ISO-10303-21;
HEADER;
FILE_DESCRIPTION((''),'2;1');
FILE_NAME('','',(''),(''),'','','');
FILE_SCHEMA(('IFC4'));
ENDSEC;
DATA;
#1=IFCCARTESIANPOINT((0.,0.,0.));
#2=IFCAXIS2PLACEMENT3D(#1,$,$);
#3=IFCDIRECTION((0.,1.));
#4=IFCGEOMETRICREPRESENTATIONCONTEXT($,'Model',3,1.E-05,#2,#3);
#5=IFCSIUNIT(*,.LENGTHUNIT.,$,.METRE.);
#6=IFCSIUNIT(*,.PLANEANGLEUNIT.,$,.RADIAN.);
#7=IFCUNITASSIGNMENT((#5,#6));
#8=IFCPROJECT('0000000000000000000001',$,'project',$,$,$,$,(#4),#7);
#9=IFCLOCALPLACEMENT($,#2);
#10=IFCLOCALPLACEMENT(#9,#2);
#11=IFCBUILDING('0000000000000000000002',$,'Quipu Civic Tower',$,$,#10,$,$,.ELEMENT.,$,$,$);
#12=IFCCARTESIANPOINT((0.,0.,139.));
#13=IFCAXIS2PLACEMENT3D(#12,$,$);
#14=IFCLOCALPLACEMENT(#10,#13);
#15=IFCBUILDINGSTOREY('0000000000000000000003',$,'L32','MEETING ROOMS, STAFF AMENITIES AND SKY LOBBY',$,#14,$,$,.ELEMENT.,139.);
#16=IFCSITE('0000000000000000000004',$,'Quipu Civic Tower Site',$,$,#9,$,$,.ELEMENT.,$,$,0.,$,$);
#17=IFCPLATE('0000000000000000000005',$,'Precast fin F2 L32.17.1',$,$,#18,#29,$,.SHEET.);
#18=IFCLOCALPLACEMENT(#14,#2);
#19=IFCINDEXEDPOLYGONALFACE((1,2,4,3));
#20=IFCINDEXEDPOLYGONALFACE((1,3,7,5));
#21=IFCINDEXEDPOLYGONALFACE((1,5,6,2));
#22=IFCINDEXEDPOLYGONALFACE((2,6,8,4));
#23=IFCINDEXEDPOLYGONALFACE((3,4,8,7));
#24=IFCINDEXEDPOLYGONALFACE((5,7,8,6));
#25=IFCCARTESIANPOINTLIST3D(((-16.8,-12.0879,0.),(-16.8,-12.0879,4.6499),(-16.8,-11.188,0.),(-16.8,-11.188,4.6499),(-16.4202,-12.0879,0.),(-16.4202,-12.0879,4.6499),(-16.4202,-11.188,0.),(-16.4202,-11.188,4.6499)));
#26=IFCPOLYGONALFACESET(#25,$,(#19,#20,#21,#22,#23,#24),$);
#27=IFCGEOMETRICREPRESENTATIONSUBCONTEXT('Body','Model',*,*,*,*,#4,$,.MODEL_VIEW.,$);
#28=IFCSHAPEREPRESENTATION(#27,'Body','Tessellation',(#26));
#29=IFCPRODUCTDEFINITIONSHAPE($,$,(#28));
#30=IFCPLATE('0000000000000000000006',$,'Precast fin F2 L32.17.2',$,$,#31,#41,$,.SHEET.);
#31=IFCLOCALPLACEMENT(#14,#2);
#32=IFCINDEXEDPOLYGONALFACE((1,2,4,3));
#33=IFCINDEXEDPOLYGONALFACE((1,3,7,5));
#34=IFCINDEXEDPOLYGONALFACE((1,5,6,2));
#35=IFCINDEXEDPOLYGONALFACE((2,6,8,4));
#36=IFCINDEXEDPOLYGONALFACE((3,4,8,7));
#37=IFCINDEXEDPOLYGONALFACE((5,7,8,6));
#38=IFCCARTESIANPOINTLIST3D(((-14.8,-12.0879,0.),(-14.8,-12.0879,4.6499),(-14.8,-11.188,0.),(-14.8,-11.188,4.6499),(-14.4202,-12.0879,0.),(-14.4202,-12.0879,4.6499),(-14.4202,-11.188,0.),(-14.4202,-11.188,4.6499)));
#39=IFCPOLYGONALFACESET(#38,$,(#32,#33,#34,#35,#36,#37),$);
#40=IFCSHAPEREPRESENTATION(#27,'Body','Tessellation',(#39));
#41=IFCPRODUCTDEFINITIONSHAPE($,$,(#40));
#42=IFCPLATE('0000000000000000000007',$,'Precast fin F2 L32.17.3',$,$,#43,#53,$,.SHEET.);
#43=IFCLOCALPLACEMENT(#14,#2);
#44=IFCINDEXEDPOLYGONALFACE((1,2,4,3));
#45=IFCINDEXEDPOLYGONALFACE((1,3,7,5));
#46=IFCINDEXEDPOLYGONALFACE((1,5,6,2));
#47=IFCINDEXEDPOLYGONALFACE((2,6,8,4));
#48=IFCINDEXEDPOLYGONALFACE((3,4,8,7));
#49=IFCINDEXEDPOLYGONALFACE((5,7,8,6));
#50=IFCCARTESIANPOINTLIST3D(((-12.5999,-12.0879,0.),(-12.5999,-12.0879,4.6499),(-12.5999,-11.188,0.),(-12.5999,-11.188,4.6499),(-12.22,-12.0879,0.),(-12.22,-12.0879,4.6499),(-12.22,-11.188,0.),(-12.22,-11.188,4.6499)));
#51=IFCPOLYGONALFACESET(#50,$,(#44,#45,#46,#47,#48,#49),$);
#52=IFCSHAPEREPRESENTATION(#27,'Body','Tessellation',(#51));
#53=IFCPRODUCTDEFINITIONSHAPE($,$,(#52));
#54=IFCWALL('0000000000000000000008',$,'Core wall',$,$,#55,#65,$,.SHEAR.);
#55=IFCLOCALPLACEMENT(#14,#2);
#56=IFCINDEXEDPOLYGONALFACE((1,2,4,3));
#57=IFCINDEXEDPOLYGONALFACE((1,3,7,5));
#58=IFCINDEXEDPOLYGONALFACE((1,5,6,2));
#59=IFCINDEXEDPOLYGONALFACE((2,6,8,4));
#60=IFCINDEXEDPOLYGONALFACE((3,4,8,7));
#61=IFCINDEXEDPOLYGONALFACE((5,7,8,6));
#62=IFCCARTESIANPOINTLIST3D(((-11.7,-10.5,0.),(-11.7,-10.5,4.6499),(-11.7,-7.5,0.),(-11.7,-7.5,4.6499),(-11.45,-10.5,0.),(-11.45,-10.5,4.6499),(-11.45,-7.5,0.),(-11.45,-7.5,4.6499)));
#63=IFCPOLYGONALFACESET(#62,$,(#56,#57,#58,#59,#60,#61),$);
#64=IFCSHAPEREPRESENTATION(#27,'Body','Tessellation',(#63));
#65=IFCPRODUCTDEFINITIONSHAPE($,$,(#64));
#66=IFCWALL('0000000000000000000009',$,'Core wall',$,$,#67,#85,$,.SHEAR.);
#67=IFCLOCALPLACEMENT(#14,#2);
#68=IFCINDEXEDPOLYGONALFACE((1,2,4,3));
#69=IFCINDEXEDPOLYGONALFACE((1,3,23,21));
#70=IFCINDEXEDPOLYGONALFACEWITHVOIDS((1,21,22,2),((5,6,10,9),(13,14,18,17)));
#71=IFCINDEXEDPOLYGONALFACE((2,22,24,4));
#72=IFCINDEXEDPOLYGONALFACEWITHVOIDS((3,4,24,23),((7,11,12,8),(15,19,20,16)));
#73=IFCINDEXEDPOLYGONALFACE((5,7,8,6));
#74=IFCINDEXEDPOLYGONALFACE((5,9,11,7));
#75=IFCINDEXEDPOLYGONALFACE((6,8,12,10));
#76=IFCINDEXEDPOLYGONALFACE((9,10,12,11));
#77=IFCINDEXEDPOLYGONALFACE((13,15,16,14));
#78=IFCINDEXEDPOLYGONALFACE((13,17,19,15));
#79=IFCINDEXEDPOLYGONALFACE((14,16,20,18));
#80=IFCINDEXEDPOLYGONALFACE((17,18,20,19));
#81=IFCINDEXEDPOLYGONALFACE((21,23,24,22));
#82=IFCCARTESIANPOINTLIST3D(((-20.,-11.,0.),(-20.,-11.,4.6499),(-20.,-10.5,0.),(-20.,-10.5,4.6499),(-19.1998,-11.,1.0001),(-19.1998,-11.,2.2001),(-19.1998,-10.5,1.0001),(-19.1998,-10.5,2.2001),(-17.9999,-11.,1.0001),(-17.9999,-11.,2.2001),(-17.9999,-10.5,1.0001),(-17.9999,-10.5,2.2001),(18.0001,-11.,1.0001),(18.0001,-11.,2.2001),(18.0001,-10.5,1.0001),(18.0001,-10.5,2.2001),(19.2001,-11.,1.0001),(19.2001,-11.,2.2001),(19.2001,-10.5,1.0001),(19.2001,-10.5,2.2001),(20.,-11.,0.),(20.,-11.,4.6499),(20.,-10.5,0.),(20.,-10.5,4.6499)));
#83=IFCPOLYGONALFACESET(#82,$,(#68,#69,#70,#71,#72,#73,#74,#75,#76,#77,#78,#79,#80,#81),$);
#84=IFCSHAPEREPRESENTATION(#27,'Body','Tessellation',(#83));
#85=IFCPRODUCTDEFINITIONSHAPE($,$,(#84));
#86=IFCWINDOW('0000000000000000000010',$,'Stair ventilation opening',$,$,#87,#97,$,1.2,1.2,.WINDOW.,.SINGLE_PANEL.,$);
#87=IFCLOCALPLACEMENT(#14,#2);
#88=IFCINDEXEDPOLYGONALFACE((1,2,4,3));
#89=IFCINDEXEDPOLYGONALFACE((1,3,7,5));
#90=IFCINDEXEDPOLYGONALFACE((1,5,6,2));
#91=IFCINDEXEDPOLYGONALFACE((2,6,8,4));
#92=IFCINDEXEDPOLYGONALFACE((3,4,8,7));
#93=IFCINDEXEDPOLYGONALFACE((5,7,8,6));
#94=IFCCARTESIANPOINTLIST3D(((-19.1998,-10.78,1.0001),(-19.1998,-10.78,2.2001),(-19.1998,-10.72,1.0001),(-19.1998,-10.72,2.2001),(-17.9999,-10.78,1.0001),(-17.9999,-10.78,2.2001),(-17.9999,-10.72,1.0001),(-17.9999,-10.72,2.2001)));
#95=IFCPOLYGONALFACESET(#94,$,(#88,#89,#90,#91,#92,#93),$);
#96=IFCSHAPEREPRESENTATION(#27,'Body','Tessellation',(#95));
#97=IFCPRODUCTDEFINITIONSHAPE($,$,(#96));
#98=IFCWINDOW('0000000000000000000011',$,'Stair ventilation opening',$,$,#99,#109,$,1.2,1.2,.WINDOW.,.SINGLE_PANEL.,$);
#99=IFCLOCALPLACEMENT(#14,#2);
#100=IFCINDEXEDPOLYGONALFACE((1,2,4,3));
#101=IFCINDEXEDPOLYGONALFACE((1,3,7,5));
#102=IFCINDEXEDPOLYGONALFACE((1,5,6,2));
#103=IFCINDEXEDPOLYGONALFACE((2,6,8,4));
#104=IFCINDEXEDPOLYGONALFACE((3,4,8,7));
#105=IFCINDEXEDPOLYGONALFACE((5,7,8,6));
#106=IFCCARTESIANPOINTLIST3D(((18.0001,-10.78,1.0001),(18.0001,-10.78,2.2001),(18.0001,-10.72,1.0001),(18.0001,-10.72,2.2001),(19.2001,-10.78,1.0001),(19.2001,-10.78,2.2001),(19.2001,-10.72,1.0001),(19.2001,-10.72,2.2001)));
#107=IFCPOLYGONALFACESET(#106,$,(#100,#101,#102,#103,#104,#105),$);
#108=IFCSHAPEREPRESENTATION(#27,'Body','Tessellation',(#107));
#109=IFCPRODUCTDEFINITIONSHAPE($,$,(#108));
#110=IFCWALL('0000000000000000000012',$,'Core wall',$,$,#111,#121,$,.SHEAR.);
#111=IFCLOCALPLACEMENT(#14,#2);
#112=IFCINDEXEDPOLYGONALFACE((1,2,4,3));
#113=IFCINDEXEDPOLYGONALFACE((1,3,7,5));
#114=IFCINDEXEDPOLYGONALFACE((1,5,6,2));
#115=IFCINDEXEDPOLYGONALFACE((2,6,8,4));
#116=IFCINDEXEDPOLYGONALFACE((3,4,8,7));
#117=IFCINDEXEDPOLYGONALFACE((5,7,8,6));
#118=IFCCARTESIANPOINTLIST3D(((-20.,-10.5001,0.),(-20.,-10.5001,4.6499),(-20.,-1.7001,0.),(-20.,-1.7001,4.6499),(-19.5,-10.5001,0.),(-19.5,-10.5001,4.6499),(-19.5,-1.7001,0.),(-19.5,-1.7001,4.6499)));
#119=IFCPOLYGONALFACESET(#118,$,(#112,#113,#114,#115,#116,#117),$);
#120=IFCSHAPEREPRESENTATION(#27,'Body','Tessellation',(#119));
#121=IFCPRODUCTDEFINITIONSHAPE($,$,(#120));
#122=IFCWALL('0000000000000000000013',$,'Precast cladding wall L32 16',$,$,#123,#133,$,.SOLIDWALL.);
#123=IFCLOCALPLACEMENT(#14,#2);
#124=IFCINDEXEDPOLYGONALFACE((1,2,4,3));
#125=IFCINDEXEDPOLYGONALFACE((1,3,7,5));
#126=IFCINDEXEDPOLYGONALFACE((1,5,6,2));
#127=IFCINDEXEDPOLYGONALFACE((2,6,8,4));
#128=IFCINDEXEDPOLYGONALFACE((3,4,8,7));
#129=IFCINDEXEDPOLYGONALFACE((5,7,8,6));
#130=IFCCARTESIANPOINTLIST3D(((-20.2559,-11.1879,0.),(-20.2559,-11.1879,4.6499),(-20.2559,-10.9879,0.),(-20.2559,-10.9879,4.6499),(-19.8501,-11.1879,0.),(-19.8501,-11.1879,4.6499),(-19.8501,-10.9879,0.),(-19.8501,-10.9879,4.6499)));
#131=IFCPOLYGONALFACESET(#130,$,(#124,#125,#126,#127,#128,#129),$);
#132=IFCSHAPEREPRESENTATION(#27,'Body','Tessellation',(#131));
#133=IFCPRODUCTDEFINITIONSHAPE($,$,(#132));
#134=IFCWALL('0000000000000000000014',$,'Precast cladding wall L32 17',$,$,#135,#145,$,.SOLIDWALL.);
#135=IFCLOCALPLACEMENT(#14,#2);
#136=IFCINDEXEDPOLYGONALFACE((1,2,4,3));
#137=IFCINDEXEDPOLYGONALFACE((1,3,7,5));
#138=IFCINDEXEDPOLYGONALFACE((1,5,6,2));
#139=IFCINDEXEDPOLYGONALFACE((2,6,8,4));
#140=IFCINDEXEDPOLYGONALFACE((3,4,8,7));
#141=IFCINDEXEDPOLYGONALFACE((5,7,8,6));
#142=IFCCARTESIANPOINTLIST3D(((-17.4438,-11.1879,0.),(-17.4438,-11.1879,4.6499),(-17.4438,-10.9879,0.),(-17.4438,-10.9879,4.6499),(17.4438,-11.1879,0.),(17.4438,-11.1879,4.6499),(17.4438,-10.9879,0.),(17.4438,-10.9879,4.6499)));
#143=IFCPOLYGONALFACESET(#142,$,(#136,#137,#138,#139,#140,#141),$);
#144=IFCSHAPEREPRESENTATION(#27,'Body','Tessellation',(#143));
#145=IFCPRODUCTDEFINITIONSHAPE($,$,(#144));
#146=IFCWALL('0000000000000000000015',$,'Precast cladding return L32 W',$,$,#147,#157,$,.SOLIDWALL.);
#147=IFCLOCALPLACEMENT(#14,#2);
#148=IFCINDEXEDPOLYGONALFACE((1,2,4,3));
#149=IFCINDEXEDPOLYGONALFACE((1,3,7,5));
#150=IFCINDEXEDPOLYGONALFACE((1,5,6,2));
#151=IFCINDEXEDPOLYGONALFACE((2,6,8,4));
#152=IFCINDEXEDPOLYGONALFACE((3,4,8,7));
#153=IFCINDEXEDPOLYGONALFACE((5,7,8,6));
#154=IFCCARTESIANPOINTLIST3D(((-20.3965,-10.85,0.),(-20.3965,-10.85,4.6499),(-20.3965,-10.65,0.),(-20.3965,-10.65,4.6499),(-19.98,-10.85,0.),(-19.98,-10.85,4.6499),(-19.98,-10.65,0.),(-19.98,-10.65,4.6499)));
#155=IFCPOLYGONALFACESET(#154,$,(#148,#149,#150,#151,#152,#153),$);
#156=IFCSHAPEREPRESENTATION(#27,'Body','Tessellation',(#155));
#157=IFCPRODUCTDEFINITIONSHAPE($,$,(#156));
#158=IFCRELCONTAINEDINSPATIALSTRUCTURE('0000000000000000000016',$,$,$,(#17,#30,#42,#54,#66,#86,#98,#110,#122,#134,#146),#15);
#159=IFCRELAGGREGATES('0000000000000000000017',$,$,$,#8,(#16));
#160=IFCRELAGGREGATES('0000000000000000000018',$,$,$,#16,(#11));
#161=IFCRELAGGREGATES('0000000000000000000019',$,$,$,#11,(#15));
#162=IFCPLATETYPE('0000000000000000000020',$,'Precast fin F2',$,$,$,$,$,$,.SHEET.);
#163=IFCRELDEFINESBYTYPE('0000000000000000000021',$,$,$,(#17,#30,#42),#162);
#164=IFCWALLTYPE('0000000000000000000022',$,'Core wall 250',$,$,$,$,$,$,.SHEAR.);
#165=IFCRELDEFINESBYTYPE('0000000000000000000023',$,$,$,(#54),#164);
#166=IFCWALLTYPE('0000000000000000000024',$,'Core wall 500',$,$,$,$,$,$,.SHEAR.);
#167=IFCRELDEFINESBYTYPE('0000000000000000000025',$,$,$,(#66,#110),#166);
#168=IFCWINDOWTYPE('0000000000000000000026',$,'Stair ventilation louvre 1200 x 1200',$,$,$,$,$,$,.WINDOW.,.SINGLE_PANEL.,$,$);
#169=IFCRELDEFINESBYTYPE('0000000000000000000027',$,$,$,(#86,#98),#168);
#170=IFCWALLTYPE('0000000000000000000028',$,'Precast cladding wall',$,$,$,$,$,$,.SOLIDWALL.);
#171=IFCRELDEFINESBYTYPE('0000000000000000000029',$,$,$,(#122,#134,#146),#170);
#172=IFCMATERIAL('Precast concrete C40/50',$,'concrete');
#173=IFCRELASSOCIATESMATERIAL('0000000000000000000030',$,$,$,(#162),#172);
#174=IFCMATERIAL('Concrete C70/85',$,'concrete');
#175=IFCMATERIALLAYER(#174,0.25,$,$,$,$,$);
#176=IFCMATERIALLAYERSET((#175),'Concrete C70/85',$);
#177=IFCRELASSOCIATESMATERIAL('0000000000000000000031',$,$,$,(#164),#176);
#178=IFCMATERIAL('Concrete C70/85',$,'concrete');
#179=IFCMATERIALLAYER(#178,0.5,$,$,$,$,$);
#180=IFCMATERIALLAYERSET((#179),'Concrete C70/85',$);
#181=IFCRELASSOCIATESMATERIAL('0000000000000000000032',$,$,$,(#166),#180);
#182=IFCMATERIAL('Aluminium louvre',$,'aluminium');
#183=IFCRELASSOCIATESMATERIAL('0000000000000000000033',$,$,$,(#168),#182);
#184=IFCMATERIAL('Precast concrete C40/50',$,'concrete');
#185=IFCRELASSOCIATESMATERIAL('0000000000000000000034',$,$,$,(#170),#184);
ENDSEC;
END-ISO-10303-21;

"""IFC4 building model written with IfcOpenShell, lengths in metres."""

from ifc_helpers import new_model, si_unit, direction, frame, frame_2d, origin, origin_2d, place, context, subcontext, project, spatial, rectangle, extrude, material, layer, layer_set, type_object, element, fill, save


model = new_model("IFC4")

# Units and contexts
model_context = context("Model", 3, precision=1e-05, world=origin(), true_north=direction((0.0, 1.0)))
body_context = subcontext(model_context, "Body", "Model", "MODEL_VIEW")
ifc_project = project(units=[si_unit("LENGTHUNIT", "METRE"), si_unit("PLANEANGLEUNIT", "RADIAN")], contexts=[model_context])

# Site, building, storey
site_placement = place(None, origin())
site = spatial("IfcSite", under=ifc_project, at=site_placement, Name="Quipu Civic Tower Site", CompositionType="ELEMENT", RefElevation=0.0)
building_placement = place(site_placement, origin())
building = spatial("IfcBuilding", under=site, at=building_placement, Name="Quipu Civic Tower", CompositionType="ELEMENT")
storey_placement = place(building_placement, frame((0.0, 0.0, 139.0)))
storey = spatial("IfcBuildingStorey", under=building, at=storey_placement, Name="L32", Description="MEETING ROOMS, STAFF AMENITIES AND SKY LOBBY", CompositionType="ELEMENT", Elevation=139.0)

# Plates
ifc_material_1 = material(Name="Precast concrete C40/50", Category="concrete")
plate_type = type_object("IfcPlateType", Name="Precast fin F2", PredefinedType="SHEET", material=ifc_material_1)
for number, where, z_axis, x_axis, name in (
    (1, (-16.6101, -11.6379, 0.0), (0.0, 0.0, 1.0), (1.0, 0.0, 0.0), "Precast fin F2 L32.17.1"),
    (2, (-14.6101, -11.6379, 0.0), (0.0, 0.0, 1.0), (1.0, 0.0, 0.0), "Precast fin F2 L32.17.2"),
    (3, (-12.4099, -11.6379, 0.0), (0.0, 0.0, 1.0), (1.0, 0.0, 0.0), "Precast fin F2 L32.17.3"),
):
    element("IfcPlate", number, at=place(storey_placement, frame(where, z_axis=z_axis, x_axis=x_axis)), inside=storey, type_object=plate_type, Name=name, PredefinedType="SHEET", context=body_context, shape_type="SweptSolid", body=[
        extrude(rectangle(XDim=0.3799, YDim=0.8999, at=origin_2d()), origin(), (0.0, 0.0, 1.0), 4.6499),
    ])

# Wall
ifc_material_2 = material(Name="Concrete C70/85", Category="concrete")
ifc_layer_1 = layer(ifc_material_2, 0.25)
ifc_layer_set_1 = layer_set([ifc_layer_1], Name="Concrete C70/85")
wall_type_1 = type_object("IfcWallType", Name="Core wall 250", PredefinedType="SHEAR", material=ifc_layer_set_1)
wall_1_placement = place(storey_placement, frame((-11.575, -10.5, 0.0), z_axis=(0.0, 0.0, 1.0), x_axis=(0.0, 1.0, 0.0)))
element("IfcWall", 4, at=wall_1_placement, inside=storey, type_object=wall_type_1, Name="Core wall", PredefinedType="SHEAR", context=body_context, shape_type="SweptSolid", body=[
    extrude(rectangle(XDim=3.0, YDim=0.25, at=frame_2d((1.5, 0.0))), origin(), (0.0, 0.0, 1.0), 4.6499),
])

# Wall, openings, windows
ifc_material_3 = material(Name="Concrete C70/85", Category="concrete")
ifc_layer_2 = layer(ifc_material_3, 0.5)
ifc_layer_set_2 = layer_set([ifc_layer_2], Name="Concrete C70/85")
wall_type_2 = type_object("IfcWallType", Name="Core wall 500", PredefinedType="SHEAR", material=ifc_layer_set_2)
wall_2_placement = place(storey_placement, frame((-20.0, -10.75, 0.0), z_axis=(0.0, 0.0, 1.0), x_axis=(1.0, 0.0, 0.0)))
wall_2 = element("IfcWall", 5, at=wall_2_placement, inside=storey, type_object=wall_type_2, Name="Core wall", PredefinedType="SHEAR", context=body_context, shape_type="SweptSolid", body=[
    extrude(rectangle(XDim=40.0, YDim=0.5, at=frame_2d((20.0, 0.0))), origin(), (0.0, 0.0, 1.0), 4.6499),
])
opening_1_placement = place(wall_2_placement, frame((0.8, 0.0, 1.0)))
opening_1 = element("IfcOpeningElement", 6, at=opening_1_placement, cuts=wall_2, PredefinedType="OPENING", context=body_context, shape_type="SweptSolid", body=[
    extrude(rectangle(XDim=1.2, YDim=1.2, at=frame_2d((0.6001, 0.6001))), frame((0.0, 0.26, 0.0), z_axis=(0.0, -1.0, 0.0), x_axis=(1.0, 0.0, 0.0)), (0.0, 0.0, 1.0), 0.52),
])
opening_2_placement = place(wall_2_placement, frame((38.0, 0.0, 1.0)))
opening_2 = element("IfcOpeningElement", 7, at=opening_2_placement, cuts=wall_2, PredefinedType="OPENING", context=body_context, shape_type="SweptSolid", body=[
    extrude(rectangle(XDim=1.2, YDim=1.2, at=frame_2d((0.6001, 0.6001))), frame((0.0, 0.26, 0.0), z_axis=(0.0, -1.0, 0.0), x_axis=(1.0, 0.0, 0.0)), (0.0, 0.0, 1.0), 0.52),
])
ifc_material_4 = material(Name="Aluminium louvre", Category="aluminium")
window_type = type_object("IfcWindowType", Name="Stair ventilation louvre 1200 x 1200", PartitioningType="SINGLE_PANEL", PredefinedType="WINDOW", material=ifc_material_4)
window_1_placement = place(opening_1_placement, origin())
window_1 = element("IfcWindow", 8, at=window_1_placement, inside=storey, type_object=window_type, Name="Stair ventilation opening", OverallHeight=1.2, OverallWidth=1.2, PartitioningType="SINGLE_PANEL", PredefinedType="WINDOW", context=body_context, shape_type="SweptSolid", body=[
    extrude(rectangle(XDim=1.2, YDim=1.2, at=frame_2d((0.6001, 0.6001))), frame((0.0, 0.03, 0.0), z_axis=(0.0, -1.0, 0.0), x_axis=(1.0, 0.0, 0.0)), (0.0, 0.0, 1.0), 0.0601),
])
fill(opening_1, window_1)
window_2_placement = place(opening_2_placement, origin())
window_2 = element("IfcWindow", 9, at=window_2_placement, inside=storey, type_object=window_type, Name="Stair ventilation opening", OverallHeight=1.2, OverallWidth=1.2, PartitioningType="SINGLE_PANEL", PredefinedType="WINDOW", context=body_context, shape_type="SweptSolid", body=[
    extrude(rectangle(XDim=1.2, YDim=1.2, at=frame_2d((0.6001, 0.6001))), frame((0.0, 0.03, 0.0), z_axis=(0.0, -1.0, 0.0), x_axis=(1.0, 0.0, 0.0)), (0.0, 0.0, 1.0), 0.0601),
])
fill(opening_2, window_2)

# Walls
wall_3_placement = place(storey_placement, frame((-19.75, -10.5, 0.0), z_axis=(0.0, 0.0, 1.0), x_axis=(0.0, 1.0, 0.0)))
element("IfcWall", 10, at=wall_3_placement, inside=storey, type_object=wall_type_2, Name="Core wall", PredefinedType="SHEAR", context=body_context, shape_type="SweptSolid", body=[
    extrude(rectangle(XDim=8.8, YDim=0.5, at=frame_2d((4.3999, 0.0))), origin(), (0.0, 0.0, 1.0), 4.6499),
])
ifc_material_5 = material(Name="Precast concrete C40/50", Category="concrete")
wall_type_3 = type_object("IfcWallType", Name="Precast cladding wall", PredefinedType="SOLIDWALL", material=ifc_material_5)
wall_4_placement = place(storey_placement, frame((-20.2559, -11.0879, 0.0), z_axis=(0.0, 0.0, 1.0), x_axis=(1.0, 0.0, 0.0)))
element("IfcWall", 11, at=wall_4_placement, inside=storey, type_object=wall_type_3, Name="Precast cladding wall L32 16", PredefinedType="SOLIDWALL", context=body_context, shape_type="SweptSolid", body=[
    extrude(rectangle(XDim=0.4058, YDim=0.2, at=frame_2d((0.2029, 0.0))), origin(), (0.0, 0.0, 1.0), 4.6499),
])
wall_5_placement = place(storey_placement, frame((-17.4438, -11.0879, 0.0), z_axis=(0.0, 0.0, 1.0), x_axis=(1.0, 0.0, 0.0)))
element("IfcWall", 12, at=wall_5_placement, inside=storey, type_object=wall_type_3, Name="Precast cladding wall L32 17", PredefinedType="SOLIDWALL", context=body_context, shape_type="SweptSolid", body=[
    extrude(rectangle(XDim=34.8877, YDim=0.2, at=frame_2d((17.4438, 0.0))), origin(), (0.0, 0.0, 1.0), 4.6499),
])
wall_6_placement = place(storey_placement, frame((-19.98, -10.75, 0.0), z_axis=(0.0, 0.0, 1.0), x_axis=(-1.0, 0.0, 0.0)))
element("IfcWall", 13, at=wall_6_placement, inside=storey, type_object=wall_type_3, Name="Precast cladding return L32 W", PredefinedType="SOLIDWALL", context=body_context, shape_type="SweptSolid", body=[
    extrude(rectangle(XDim=0.4165, YDim=0.2, at=frame_2d((0.2083, 0.0))), origin(), (0.0, 0.0, 1.0), 4.6499),
])

save(model, "model.ifc")
